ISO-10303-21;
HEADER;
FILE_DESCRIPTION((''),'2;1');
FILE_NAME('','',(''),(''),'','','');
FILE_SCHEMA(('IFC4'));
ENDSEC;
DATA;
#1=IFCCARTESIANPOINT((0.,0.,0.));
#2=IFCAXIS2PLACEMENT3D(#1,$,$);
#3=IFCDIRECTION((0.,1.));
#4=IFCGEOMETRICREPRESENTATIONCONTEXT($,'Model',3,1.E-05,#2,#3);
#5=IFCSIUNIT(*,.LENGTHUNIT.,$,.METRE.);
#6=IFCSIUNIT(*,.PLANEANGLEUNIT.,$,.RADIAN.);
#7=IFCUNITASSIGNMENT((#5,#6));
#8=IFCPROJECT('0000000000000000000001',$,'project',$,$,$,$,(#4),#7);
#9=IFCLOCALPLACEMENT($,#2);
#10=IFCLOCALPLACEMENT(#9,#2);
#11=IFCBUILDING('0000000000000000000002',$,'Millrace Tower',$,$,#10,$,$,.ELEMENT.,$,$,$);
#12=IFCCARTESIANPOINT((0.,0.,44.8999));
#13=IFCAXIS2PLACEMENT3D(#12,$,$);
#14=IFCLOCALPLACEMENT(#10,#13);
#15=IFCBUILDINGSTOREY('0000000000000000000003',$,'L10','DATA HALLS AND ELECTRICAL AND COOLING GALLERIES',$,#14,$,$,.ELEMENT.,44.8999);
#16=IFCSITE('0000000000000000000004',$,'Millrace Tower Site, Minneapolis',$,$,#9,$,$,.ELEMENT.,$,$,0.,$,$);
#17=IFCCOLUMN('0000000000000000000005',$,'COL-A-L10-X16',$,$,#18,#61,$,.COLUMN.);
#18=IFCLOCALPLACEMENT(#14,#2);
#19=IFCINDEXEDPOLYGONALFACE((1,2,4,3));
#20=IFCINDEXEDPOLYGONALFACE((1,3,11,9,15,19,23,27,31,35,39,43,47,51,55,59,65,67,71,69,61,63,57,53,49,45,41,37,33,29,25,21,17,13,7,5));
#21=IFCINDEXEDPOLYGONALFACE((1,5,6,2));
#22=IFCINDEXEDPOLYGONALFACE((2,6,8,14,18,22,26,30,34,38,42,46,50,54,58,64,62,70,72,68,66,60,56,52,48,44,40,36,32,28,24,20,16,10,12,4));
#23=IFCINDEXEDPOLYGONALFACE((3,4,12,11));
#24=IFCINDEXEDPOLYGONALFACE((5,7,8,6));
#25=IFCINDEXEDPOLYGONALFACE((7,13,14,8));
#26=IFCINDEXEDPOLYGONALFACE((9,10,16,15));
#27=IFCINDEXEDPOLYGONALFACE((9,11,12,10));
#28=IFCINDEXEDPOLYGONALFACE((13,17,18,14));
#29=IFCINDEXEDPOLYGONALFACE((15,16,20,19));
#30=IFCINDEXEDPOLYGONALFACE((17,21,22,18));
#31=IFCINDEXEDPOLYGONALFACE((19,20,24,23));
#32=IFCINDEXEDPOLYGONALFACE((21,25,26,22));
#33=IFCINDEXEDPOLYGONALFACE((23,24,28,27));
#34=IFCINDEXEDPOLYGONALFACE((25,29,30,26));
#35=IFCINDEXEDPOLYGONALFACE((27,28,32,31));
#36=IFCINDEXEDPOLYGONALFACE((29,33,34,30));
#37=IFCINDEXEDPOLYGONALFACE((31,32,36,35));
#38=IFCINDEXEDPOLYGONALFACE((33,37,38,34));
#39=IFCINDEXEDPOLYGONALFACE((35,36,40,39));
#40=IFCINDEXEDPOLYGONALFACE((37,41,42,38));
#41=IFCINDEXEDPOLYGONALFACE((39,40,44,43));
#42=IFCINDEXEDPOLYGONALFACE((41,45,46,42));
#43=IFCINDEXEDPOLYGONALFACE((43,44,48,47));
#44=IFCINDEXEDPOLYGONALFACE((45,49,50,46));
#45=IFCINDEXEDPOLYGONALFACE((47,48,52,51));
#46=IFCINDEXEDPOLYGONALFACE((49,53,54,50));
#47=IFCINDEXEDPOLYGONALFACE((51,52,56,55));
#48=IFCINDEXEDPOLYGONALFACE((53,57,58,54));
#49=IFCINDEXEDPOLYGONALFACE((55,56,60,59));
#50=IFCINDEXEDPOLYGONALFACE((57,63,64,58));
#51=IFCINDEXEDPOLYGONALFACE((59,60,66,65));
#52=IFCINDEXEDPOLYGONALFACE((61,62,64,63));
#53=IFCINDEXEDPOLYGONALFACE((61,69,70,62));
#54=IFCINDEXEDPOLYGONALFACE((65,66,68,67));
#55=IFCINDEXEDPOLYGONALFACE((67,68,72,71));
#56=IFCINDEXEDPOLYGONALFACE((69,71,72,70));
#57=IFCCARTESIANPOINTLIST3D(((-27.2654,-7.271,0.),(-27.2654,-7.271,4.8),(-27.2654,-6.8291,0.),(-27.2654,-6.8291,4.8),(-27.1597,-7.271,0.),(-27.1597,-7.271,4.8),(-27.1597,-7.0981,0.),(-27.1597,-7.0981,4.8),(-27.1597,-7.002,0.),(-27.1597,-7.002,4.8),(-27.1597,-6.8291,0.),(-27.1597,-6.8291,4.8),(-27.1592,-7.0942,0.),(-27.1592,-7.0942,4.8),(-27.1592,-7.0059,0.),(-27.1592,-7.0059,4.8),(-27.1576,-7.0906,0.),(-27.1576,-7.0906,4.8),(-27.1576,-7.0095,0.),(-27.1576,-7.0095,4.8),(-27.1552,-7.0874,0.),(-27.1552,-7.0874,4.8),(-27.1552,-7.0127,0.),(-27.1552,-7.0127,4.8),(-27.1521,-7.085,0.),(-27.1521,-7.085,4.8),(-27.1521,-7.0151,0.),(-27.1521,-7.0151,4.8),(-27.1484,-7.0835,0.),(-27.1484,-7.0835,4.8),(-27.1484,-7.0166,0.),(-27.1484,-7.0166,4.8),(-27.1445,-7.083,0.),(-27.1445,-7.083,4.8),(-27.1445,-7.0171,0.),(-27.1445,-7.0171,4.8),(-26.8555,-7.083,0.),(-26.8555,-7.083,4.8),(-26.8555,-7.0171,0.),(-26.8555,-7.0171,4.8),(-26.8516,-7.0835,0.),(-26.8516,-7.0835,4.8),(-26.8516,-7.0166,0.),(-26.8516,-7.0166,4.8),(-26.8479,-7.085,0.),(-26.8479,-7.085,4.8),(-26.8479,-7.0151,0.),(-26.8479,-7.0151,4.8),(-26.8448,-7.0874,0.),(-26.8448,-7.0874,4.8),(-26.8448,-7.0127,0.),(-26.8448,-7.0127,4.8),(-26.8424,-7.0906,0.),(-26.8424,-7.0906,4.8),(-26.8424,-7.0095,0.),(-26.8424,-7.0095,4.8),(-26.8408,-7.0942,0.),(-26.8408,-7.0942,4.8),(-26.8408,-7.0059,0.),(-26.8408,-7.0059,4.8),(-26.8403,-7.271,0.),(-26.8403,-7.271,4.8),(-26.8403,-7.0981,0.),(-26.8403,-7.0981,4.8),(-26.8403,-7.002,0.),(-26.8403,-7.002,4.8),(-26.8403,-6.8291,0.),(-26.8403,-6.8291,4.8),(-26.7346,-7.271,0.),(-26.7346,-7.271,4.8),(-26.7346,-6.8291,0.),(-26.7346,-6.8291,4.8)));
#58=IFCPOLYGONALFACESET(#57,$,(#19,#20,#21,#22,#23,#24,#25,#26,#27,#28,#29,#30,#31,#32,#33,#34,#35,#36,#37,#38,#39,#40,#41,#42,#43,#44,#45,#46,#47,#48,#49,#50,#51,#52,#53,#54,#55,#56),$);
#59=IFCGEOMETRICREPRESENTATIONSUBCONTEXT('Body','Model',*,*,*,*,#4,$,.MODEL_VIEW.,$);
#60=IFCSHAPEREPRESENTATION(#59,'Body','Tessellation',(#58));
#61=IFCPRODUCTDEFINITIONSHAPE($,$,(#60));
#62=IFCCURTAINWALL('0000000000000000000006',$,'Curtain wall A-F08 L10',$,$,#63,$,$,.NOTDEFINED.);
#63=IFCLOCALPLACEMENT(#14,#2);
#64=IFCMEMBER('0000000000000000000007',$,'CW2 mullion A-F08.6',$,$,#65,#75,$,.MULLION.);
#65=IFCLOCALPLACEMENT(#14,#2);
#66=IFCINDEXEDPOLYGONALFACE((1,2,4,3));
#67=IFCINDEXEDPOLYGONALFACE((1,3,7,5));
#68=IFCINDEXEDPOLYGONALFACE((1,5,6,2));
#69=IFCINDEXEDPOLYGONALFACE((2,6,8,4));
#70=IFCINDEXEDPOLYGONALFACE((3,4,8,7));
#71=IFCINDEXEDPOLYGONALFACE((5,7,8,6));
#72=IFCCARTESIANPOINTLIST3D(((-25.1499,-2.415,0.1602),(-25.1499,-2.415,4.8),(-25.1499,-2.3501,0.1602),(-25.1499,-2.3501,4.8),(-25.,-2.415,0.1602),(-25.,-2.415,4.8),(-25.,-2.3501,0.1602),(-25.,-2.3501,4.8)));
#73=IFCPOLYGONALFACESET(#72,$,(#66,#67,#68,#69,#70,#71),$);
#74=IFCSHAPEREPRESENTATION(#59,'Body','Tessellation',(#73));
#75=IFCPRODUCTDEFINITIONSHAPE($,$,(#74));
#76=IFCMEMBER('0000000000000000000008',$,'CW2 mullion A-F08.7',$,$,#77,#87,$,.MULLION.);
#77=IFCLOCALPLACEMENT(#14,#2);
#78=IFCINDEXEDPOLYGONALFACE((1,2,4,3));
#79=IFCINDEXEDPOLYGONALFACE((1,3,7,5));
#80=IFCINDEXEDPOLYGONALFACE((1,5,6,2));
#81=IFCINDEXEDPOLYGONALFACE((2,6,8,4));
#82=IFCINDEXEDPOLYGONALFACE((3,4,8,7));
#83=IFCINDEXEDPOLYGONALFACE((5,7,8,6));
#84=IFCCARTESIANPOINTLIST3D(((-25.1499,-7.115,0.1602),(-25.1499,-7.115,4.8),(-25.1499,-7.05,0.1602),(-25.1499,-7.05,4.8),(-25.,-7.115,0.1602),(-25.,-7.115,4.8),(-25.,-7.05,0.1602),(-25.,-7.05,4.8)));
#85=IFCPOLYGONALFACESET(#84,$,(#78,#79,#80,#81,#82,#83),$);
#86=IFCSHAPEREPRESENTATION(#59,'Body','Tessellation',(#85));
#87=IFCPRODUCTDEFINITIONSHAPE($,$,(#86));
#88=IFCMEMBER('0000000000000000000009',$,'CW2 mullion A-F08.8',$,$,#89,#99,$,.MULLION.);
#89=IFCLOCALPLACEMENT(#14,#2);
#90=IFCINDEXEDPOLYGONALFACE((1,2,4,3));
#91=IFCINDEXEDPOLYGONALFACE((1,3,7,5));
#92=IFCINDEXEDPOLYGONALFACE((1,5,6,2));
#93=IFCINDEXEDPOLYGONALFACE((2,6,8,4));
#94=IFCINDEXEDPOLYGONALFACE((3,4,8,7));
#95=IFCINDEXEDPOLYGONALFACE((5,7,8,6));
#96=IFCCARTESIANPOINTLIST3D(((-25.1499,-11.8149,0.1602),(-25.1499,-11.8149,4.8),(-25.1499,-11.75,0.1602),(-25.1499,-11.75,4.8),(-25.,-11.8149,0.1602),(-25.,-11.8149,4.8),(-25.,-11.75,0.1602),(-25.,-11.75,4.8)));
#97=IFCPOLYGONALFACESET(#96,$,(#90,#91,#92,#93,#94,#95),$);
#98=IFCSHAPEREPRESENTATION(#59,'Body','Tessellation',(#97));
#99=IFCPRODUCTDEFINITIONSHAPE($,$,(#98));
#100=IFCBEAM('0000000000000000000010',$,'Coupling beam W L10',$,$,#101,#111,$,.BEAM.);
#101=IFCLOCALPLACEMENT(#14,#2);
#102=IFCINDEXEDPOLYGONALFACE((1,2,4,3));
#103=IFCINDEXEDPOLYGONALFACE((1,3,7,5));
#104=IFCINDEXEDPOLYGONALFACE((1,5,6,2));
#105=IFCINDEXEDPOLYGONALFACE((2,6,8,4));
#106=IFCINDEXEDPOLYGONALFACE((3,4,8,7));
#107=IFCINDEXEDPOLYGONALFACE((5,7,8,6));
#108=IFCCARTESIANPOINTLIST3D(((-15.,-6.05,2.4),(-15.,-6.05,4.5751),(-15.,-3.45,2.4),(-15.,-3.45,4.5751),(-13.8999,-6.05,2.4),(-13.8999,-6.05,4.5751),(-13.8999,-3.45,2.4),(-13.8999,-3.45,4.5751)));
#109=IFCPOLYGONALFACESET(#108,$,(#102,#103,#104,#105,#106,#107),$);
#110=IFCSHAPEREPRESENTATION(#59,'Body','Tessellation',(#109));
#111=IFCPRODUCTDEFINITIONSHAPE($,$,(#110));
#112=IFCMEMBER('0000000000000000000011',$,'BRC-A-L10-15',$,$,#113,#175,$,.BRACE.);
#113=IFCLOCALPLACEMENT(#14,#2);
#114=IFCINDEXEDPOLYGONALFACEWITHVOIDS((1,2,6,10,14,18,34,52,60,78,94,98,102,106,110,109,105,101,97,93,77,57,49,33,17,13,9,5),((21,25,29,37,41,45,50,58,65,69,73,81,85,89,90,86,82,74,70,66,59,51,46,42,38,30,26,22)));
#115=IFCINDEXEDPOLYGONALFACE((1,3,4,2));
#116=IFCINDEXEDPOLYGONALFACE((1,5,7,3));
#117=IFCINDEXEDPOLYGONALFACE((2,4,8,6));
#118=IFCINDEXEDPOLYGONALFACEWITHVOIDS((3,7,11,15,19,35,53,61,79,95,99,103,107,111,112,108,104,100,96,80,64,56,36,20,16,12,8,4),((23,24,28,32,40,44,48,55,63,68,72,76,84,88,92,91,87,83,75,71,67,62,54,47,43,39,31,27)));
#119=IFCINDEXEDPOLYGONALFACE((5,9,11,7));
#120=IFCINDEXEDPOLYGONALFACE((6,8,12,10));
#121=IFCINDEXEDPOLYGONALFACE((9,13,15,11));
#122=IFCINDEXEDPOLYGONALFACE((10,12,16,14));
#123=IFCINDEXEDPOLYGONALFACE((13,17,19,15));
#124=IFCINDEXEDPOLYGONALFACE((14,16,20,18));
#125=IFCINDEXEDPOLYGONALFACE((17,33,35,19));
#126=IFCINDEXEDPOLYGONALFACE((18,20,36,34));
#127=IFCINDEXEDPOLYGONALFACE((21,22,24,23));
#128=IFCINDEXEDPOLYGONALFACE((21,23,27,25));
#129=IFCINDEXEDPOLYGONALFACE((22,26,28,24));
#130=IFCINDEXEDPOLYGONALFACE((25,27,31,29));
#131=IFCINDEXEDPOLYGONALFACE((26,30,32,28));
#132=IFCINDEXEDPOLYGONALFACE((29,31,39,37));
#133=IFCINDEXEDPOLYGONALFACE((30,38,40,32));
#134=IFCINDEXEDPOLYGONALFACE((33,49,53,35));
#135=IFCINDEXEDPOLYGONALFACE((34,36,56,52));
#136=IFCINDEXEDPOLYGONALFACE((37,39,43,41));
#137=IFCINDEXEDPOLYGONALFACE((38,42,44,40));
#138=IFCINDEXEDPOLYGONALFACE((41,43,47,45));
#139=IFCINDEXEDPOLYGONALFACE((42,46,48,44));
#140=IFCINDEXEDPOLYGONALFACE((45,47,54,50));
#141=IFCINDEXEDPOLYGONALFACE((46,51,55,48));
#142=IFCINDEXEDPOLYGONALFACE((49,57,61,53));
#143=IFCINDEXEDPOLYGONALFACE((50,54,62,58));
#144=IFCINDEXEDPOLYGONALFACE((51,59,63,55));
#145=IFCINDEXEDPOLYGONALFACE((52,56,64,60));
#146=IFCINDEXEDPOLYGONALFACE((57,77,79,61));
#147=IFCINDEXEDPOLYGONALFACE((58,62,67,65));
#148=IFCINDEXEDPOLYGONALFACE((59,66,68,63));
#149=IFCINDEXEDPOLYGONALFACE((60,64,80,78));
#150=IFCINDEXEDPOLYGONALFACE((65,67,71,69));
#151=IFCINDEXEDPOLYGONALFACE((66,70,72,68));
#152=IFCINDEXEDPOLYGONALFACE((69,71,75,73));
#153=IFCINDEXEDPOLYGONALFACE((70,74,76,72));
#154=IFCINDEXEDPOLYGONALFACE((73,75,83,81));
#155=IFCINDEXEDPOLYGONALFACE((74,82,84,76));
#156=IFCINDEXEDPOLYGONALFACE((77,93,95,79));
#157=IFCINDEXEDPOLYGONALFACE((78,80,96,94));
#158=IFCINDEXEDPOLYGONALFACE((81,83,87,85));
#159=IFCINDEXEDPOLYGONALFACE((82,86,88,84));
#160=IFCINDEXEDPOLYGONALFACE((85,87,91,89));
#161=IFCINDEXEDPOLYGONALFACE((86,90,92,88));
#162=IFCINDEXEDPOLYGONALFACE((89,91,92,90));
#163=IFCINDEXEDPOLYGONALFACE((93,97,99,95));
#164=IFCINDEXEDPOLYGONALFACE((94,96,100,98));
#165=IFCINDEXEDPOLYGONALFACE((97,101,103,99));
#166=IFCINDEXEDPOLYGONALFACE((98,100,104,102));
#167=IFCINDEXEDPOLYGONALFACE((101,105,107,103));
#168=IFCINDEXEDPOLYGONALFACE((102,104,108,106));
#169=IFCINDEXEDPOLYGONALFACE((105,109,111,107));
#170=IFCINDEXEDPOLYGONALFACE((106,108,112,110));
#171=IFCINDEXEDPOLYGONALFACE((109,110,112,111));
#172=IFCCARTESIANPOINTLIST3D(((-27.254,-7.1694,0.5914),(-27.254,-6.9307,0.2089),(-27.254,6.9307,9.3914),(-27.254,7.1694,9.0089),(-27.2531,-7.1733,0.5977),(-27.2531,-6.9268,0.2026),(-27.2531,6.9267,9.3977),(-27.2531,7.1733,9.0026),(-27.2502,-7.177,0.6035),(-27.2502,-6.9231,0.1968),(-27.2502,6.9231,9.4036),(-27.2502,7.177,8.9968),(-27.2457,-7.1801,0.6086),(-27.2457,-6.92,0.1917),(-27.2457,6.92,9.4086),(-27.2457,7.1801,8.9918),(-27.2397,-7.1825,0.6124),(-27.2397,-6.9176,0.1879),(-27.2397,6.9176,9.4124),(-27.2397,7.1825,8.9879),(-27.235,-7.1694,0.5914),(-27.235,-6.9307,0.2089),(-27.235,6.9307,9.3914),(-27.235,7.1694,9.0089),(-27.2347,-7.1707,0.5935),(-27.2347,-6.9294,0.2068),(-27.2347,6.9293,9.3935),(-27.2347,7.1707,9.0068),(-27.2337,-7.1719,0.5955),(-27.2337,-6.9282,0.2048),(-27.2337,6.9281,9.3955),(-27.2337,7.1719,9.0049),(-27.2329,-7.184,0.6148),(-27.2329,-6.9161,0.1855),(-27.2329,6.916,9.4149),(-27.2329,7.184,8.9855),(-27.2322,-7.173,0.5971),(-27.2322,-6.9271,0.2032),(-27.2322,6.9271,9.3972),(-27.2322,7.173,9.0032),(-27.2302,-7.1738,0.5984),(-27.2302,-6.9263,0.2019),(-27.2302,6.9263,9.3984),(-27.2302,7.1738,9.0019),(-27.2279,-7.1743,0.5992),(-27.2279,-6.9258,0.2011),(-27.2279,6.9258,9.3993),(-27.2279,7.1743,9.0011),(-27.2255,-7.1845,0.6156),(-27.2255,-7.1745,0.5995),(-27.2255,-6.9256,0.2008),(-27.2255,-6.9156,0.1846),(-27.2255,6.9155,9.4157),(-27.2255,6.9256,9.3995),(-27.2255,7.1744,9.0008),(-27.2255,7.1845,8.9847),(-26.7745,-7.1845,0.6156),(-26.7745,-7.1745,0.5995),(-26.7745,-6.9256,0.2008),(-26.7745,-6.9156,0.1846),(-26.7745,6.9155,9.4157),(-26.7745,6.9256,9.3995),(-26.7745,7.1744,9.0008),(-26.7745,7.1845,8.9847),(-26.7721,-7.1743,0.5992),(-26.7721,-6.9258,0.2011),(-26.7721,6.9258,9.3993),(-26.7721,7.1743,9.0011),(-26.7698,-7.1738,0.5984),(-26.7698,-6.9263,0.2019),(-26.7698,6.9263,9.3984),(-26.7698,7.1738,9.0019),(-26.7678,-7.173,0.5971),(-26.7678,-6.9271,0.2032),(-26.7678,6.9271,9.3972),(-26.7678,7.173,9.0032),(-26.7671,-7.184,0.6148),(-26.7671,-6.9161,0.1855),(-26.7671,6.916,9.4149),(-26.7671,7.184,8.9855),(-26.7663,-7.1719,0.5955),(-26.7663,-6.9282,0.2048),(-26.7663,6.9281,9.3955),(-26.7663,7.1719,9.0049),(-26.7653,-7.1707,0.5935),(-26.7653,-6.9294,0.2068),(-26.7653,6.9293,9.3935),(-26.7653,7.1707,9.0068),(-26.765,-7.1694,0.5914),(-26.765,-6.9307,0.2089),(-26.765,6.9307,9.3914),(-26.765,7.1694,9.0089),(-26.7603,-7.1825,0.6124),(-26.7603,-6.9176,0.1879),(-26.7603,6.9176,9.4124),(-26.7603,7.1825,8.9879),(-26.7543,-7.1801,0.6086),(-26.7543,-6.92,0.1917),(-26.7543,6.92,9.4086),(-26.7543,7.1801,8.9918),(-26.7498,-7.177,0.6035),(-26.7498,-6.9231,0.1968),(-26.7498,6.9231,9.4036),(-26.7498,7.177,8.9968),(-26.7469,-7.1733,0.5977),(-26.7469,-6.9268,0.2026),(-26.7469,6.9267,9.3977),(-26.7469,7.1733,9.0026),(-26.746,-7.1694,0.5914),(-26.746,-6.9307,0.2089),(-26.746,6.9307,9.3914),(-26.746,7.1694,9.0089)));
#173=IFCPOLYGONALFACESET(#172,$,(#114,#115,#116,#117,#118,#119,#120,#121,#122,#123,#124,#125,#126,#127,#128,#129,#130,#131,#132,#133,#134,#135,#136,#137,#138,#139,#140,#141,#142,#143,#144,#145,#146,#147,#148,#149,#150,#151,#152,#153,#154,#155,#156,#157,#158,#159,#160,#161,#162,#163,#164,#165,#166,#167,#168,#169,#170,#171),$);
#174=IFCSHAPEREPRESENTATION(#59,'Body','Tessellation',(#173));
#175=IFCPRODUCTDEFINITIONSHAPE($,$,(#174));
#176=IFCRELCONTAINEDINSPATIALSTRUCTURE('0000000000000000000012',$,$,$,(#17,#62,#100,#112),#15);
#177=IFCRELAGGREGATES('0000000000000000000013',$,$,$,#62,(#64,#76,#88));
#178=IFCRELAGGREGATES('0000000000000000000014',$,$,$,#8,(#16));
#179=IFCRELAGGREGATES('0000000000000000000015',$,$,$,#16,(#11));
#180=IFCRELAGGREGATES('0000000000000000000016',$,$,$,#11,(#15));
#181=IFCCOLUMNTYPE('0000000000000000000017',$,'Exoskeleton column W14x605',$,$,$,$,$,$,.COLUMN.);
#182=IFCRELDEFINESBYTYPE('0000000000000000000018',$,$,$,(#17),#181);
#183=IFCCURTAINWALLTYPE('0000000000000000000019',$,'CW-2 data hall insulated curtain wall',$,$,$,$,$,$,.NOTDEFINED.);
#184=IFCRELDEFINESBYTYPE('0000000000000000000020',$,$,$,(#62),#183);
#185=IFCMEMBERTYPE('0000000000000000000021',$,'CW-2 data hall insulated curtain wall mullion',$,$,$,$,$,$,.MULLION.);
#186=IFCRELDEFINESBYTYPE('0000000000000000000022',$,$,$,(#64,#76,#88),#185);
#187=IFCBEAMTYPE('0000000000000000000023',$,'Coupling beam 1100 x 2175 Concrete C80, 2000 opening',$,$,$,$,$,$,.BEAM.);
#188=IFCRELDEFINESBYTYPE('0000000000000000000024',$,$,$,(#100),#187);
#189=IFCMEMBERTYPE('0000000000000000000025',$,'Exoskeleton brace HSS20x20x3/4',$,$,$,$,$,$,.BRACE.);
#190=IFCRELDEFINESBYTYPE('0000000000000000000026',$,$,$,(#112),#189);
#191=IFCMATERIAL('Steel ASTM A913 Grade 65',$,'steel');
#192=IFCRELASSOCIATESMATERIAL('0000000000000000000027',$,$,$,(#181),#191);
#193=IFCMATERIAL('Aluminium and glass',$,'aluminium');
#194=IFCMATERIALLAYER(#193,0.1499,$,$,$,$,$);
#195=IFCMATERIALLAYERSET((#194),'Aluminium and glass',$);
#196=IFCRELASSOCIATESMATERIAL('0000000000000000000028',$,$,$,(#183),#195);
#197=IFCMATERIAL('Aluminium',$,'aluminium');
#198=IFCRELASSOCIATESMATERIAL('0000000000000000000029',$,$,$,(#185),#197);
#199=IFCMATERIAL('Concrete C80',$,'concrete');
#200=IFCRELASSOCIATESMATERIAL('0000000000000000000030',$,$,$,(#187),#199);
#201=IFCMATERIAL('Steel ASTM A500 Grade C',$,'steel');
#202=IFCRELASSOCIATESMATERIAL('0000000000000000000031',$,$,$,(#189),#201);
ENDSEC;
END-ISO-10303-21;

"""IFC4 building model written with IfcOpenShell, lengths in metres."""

from ifc_helpers import new_model, si_unit, direction, frame, origin, origin_2d, place, context, subcontext, project, spatial, rectangle, hollow_rectangle, i_section, extrude, material, layer, layer_set, material_profile, profile_set, type_object, element, aggregate, save


model = new_model("IFC4")

# Units and contexts
model_context = context("Model", 3, precision=1e-05, world=origin(), true_north=direction((0.0, 1.0)))
body_context = subcontext(model_context, "Body", "Model", "MODEL_VIEW")
ifc_project = project(units=[si_unit("LENGTHUNIT", "METRE"), si_unit("PLANEANGLEUNIT", "RADIAN")], contexts=[model_context])

# Site, building, storey
site_placement = place(None, origin())
site = spatial("IfcSite", under=ifc_project, at=site_placement, Name="Millrace Tower Site, Minneapolis", CompositionType="ELEMENT", RefElevation=0.0)
building_placement = place(site_placement, origin())
building = spatial("IfcBuilding", under=site, at=building_placement, Name="Millrace Tower", CompositionType="ELEMENT")
storey_placement = place(building_placement, frame((0.0, 0.0, 44.8999)))
storey = spatial("IfcBuildingStorey", under=building, at=storey_placement, Name="L10", Description="DATA HALLS AND ELECTRICAL AND COOLING GALLERIES", CompositionType="ELEMENT", Elevation=44.8999)

# Column
ifc_material_1 = material(Name="Steel ASTM A913 Grade 65", Category="steel")
ifc_material_profile_1 = material_profile(ifc_material_1, i_section(OverallWidth=0.4419, OverallDepth=0.5308, WebThickness=0.0659, FlangeThickness=0.1057, FilletRadius=0.0151, at=origin_2d()))
ifc_profile_set_1 = profile_set([ifc_material_profile_1], Name="Steel ASTM A913 Grade 65")
column_type = type_object("IfcColumnType", Name="Exoskeleton column W14x605", PredefinedType="COLUMN", material=ifc_profile_set_1)
column_placement = place(storey_placement, frame((-27.0, -7.05, 0.0), z_axis=(0.0, 0.0, 1.0), x_axis=(0.0, -1.0, 0.0)))
element("IfcColumn", 1, at=column_placement, inside=storey, type_object=column_type, Name="COL-A-L10-X16", PredefinedType="COLUMN", context=body_context, shape_type="SweptSolid", body=[
    extrude(i_section(OverallWidth=0.4419, OverallDepth=0.5308, WebThickness=0.0659, FlangeThickness=0.1057, FilletRadius=0.0151, at=origin_2d()), origin(), (0.0, 0.0, 1.0), 4.8),
])

# Curtain wall, members
ifc_material_2 = material(Name="Aluminium and glass", Category="aluminium")
ifc_layer_1 = layer(ifc_material_2, 0.1499)
ifc_layer_set_1 = layer_set([ifc_layer_1], Name="Aluminium and glass")
curtain_wall_type = type_object("IfcCurtainWallType", Name="CW-2 data hall insulated curtain wall", PredefinedType="NOTDEFINED", material=ifc_layer_set_1)
curtain_wall_placement = place(storey_placement, origin())
curtain_wall = element("IfcCurtainWall", 2, at=curtain_wall_placement, inside=storey, type_object=curtain_wall_type, Name="Curtain wall A-F08 L10", PredefinedType="NOTDEFINED")
ifc_material_3 = material(Name="Aluminium", Category="aluminium")
ifc_material_profile_2 = material_profile(ifc_material_3, rectangle(XDim=0.0649, YDim=0.1499, at=origin_2d()))
ifc_profile_set_2 = profile_set([ifc_material_profile_2], Name="Aluminium")
member_type_1 = type_object("IfcMemberType", Name="CW-2 data hall insulated curtain wall mullion", PredefinedType="MULLION", material=ifc_profile_set_2)
member_1_placement = place(storey_placement, frame((-25.075, -2.3826, 0.1602), z_axis=(0.0, 0.0, 1.0), x_axis=(0.0, -1.0, 0.0)))
member_1 = element("IfcMember", 3, at=member_1_placement, type_object=member_type_1, Name="CW2 mullion A-F08.6", PredefinedType="MULLION", context=body_context, shape_type="SweptSolid", body=[
    extrude(rectangle(XDim=0.0649, YDim=0.1499, at=origin_2d()), origin(), (0.0, 0.0, 1.0), 4.6399),
])
member_2_placement = place(storey_placement, frame((-25.075, -7.0825, 0.1602), z_axis=(0.0, 0.0, 1.0), x_axis=(0.0, -1.0, 0.0)))
member_2 = element("IfcMember", 4, at=member_2_placement, type_object=member_type_1, Name="CW2 mullion A-F08.7", PredefinedType="MULLION", context=body_context, shape_type="SweptSolid", body=[
    extrude(rectangle(XDim=0.0649, YDim=0.1499, at=origin_2d()), origin(), (0.0, 0.0, 1.0), 4.6399),
])
member_3_placement = place(storey_placement, frame((-25.075, -11.7825, 0.1602), z_axis=(0.0, 0.0, 1.0), x_axis=(0.0, -1.0, 0.0)))
member_3 = element("IfcMember", 5, at=member_3_placement, type_object=member_type_1, Name="CW2 mullion A-F08.8", PredefinedType="MULLION", context=body_context, shape_type="SweptSolid", body=[
    extrude(rectangle(XDim=0.0649, YDim=0.1499, at=origin_2d()), origin(), (0.0, 0.0, 1.0), 4.6399),
])
aggregate(curtain_wall, [member_1, member_2, member_3])

# Beam
ifc_material_4 = material(Name="Concrete C80", Category="concrete")
ifc_material_profile_3 = material_profile(ifc_material_4, rectangle(XDim=1.1001, YDim=2.175, at=origin_2d()))
ifc_profile_set_3 = profile_set([ifc_material_profile_3], Name="Concrete C80")
beam_type_1 = type_object("IfcBeamType", Name="Coupling beam 1100 x 2175 Concrete C80, 2000 opening", PredefinedType="BEAM", material=ifc_profile_set_3)
beam_1_placement = place(storey_placement, frame((-14.45, -6.05, 3.4875), z_axis=(0.0, 1.0, 0.0), x_axis=(-1.0, 0.0, 0.0)))
element("IfcBeam", 6, at=beam_1_placement, inside=storey, type_object=beam_type_1, Name="Coupling beam W L10", PredefinedType="BEAM", context=body_context, shape_type="SweptSolid", body=[
    extrude(rectangle(XDim=1.1001, YDim=2.175, at=origin_2d()), origin(), (0.0, 0.0, 1.0), 2.6001),
])

# Member
ifc_material_5 = material(Name="Steel ASTM A500 Grade C", Category="steel")
ifc_material_profile_4 = material_profile(ifc_material_5, hollow_rectangle(XDim=0.5081, YDim=0.5081, WallThickness=0.019, InnerFilletRadius=0.0095, OuterFilletRadius=0.0286, at=origin_2d()))
ifc_profile_set_4 = profile_set([ifc_material_profile_4], Name="Steel ASTM A500 Grade C")
member_type_2 = type_object("IfcMemberType", Name="Exoskeleton brace HSS20x20x3/4", PredefinedType="BRACE", material=ifc_profile_set_4)
member_4_placement = place(storey_placement, frame((-27.0, -7.05, 0.4001), z_axis=(0.0, 0.848336, 0.529457), x_axis=(-1.0, 0.0, 0.0)))
element("IfcMember", 7, at=member_4_placement, inside=storey, type_object=member_type_2, Name="BRC-A-L10-15", PredefinedType="BRACE", context=body_context, shape_type="SweptSolid", body=[
    extrude(hollow_rectangle(XDim=0.5081, YDim=0.5081, WallThickness=0.019, InnerFilletRadius=0.0095, OuterFilletRadius=0.0286, at=origin_2d()), origin(), (0.0, 0.0, 1.0), 16.6208),
])

save(model, "model.ifc")
